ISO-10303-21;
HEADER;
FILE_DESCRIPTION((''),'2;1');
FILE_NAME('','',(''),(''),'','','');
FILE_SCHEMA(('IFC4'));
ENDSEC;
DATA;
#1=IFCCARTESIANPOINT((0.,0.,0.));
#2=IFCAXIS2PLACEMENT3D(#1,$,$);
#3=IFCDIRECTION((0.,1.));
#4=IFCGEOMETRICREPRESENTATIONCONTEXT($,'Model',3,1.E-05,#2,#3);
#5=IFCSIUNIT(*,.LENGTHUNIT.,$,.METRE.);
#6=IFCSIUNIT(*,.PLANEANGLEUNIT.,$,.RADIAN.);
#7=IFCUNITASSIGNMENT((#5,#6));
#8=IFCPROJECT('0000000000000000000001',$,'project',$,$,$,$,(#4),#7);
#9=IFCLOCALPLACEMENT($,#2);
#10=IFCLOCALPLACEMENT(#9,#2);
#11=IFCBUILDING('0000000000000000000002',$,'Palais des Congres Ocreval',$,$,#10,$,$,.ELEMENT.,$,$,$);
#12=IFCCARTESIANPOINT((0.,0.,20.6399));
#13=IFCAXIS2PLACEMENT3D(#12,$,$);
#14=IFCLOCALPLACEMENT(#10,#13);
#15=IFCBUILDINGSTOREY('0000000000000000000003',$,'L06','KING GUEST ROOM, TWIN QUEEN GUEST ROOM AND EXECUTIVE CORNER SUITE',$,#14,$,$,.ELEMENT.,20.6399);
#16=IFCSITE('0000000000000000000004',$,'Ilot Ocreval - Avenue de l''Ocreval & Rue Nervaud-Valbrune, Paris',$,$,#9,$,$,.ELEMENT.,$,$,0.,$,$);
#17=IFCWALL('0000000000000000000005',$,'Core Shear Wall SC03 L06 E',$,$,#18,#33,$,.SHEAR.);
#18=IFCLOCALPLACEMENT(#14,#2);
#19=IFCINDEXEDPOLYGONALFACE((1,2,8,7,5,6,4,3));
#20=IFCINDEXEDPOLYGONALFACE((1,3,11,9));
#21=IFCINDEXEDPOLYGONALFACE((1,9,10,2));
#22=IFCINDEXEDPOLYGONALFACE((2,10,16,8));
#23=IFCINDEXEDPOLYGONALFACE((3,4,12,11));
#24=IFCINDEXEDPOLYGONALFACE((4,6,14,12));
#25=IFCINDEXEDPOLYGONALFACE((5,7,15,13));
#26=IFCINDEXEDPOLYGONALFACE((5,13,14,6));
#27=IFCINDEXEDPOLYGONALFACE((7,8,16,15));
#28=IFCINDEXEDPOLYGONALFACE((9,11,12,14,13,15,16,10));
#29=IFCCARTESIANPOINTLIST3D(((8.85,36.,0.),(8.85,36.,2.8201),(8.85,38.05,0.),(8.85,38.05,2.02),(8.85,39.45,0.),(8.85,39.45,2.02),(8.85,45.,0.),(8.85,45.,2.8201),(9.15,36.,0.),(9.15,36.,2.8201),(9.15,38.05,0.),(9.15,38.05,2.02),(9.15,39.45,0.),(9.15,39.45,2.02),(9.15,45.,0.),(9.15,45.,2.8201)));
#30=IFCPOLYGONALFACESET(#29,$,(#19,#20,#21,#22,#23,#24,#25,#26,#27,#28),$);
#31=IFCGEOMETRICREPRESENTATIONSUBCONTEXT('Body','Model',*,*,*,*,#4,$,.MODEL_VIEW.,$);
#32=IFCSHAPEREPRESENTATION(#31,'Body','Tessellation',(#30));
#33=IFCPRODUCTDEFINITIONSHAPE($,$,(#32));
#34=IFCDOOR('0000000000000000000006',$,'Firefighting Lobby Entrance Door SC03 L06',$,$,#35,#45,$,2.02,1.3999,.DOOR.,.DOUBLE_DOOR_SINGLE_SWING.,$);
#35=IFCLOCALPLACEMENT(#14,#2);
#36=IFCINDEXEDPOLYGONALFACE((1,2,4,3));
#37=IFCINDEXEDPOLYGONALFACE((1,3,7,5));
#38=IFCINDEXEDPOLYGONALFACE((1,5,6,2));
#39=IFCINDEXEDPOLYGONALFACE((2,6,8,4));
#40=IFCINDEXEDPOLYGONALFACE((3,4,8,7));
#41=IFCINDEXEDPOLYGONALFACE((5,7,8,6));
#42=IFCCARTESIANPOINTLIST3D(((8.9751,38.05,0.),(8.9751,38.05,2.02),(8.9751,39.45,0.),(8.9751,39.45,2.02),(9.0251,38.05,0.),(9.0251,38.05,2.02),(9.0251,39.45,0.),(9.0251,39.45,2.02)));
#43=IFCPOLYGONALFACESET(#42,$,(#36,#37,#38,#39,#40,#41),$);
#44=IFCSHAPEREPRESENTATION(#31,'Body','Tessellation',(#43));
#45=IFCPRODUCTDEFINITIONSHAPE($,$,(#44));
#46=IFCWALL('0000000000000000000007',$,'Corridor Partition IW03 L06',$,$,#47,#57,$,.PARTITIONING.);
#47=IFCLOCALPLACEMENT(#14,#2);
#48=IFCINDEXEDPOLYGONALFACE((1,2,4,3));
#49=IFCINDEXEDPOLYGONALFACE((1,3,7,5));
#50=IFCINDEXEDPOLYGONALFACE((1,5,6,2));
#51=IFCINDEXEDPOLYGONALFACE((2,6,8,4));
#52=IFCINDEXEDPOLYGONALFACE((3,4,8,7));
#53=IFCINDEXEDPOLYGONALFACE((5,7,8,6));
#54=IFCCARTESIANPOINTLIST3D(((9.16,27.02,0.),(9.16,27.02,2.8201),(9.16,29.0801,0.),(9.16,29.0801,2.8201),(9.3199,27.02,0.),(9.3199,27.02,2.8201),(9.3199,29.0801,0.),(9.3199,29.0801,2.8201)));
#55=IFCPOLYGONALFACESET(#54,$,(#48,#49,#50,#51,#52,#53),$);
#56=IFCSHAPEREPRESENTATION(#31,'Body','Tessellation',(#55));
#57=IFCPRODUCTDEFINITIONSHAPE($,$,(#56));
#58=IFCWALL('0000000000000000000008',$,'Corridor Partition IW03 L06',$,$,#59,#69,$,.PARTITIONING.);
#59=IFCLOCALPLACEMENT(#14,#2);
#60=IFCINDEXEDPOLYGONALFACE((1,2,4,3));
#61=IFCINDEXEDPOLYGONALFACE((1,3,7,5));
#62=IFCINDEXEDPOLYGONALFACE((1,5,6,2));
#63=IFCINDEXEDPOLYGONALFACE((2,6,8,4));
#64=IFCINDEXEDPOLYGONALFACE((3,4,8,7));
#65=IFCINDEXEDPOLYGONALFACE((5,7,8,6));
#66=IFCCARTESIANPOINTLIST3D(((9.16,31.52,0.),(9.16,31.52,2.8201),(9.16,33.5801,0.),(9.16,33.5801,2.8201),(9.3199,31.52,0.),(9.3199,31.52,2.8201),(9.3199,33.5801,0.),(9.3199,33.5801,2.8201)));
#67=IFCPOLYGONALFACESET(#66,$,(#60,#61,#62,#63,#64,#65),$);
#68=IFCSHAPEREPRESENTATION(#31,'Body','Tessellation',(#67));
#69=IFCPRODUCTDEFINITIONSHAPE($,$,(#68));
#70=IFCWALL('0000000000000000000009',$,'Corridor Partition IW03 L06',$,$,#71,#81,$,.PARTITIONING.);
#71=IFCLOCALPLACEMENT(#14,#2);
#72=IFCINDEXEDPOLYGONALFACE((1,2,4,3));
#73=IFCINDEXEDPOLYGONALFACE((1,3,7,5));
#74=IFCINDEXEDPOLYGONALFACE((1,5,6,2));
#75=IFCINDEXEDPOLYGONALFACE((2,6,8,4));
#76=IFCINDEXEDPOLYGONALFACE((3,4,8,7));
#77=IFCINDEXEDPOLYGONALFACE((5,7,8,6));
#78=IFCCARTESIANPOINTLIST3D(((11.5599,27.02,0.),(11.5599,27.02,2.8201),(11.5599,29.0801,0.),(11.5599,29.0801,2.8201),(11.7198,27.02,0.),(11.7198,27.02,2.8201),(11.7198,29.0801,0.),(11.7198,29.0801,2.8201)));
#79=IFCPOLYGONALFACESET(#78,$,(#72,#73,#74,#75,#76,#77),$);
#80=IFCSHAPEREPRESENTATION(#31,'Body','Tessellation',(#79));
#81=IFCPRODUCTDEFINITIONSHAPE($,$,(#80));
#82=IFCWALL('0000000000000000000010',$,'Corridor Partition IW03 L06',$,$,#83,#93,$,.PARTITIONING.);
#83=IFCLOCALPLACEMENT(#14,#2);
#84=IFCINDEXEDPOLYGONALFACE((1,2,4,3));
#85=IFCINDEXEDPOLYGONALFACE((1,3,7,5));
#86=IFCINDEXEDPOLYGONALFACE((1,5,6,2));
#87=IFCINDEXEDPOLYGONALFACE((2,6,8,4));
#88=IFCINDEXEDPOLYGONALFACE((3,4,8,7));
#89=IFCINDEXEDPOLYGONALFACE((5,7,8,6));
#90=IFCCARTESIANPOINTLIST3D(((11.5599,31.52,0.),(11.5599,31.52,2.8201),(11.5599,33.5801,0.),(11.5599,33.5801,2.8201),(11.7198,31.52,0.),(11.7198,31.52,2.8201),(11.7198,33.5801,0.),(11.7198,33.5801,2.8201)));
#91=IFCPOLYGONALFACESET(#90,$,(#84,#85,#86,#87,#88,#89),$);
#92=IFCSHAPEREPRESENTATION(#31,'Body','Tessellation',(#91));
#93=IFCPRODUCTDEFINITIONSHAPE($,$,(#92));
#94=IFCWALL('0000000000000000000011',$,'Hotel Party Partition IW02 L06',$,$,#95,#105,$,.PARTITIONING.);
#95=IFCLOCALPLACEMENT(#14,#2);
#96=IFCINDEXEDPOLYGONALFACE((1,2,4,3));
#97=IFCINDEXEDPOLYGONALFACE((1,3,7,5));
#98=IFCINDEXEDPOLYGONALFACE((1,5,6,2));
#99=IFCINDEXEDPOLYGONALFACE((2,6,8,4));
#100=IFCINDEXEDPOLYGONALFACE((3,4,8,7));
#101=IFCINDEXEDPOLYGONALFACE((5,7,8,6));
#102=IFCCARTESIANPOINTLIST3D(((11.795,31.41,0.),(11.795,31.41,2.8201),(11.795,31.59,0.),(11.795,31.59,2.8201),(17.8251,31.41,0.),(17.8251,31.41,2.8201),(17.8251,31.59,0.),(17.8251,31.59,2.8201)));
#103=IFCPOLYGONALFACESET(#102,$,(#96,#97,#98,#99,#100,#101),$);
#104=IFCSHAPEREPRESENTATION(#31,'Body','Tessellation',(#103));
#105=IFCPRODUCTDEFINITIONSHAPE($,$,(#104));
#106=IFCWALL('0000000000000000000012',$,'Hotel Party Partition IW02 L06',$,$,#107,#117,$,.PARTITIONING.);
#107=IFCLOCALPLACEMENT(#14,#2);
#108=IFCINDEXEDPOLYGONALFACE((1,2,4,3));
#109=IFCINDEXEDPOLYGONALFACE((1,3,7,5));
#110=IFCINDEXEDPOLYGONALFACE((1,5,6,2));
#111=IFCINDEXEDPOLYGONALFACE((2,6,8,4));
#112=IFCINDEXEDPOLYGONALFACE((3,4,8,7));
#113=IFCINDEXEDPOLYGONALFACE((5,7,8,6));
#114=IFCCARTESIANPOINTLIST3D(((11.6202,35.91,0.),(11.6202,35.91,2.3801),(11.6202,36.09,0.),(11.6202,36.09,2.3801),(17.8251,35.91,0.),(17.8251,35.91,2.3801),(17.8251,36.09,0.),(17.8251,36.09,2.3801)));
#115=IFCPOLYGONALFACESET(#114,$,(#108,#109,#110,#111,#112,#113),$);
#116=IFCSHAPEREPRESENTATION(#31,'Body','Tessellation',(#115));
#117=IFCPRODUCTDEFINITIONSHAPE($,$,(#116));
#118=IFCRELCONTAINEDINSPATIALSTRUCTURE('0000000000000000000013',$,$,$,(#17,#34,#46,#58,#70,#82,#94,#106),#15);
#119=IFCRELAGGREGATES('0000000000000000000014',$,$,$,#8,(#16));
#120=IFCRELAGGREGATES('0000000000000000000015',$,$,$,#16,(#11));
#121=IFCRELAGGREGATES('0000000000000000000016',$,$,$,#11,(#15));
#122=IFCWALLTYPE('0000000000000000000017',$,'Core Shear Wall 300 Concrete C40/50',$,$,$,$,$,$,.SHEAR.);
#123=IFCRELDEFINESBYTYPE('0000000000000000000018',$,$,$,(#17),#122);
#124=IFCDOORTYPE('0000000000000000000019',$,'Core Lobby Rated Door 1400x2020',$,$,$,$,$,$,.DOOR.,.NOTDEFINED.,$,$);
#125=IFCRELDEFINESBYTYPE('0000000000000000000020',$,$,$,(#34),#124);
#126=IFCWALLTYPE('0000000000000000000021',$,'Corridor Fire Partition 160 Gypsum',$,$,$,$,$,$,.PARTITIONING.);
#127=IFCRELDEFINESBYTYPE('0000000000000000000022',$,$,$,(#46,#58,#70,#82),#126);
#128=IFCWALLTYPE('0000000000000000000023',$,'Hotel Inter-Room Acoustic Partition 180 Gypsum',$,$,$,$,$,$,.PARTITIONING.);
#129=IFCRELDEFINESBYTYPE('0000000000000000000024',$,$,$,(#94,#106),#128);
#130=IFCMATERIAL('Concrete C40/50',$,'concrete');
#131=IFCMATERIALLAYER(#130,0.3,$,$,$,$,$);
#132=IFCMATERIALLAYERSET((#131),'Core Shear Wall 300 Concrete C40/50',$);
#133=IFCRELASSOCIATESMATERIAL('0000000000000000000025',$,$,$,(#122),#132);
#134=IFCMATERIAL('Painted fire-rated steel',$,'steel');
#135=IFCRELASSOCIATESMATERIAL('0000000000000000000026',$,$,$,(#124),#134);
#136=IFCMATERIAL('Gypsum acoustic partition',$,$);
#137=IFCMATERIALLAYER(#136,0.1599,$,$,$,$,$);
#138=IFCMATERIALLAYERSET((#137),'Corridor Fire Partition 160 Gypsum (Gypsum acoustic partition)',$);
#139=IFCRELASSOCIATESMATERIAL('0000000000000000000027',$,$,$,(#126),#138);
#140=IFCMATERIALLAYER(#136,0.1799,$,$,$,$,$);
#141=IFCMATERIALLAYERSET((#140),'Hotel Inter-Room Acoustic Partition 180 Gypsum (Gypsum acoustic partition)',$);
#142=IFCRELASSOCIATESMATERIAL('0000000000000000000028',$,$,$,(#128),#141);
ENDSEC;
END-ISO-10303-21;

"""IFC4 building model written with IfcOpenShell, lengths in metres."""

from ifc_helpers import new_model, si_unit, direction, frame, frame_2d, origin, place, context, subcontext, project, spatial, rectangle, extrude, material, layer, layer_set, type_object, element, fill, save


model = new_model("IFC4")

# Units and contexts
model_context = context("Model", 3, precision=1e-05, world=origin(), true_north=direction((0.0, 1.0)))
body_context = subcontext(model_context, "Body", "Model", "MODEL_VIEW")
ifc_project = project(units=[si_unit("LENGTHUNIT", "METRE"), si_unit("PLANEANGLEUNIT", "RADIAN")], contexts=[model_context])

# Site, building, storey
site_placement = place(None, origin())
site = spatial("IfcSite", under=ifc_project, at=site_placement, Name="Ilot Ocreval - Avenue de l'Ocreval & Rue Nervaud-Valbrune, Paris", CompositionType="ELEMENT", RefElevation=0.0)
building_placement = place(site_placement, origin())
building = spatial("IfcBuilding", under=site, at=building_placement, Name="Palais des Congres Ocreval", CompositionType="ELEMENT")
storey_placement = place(building_placement, frame((0.0, 0.0, 20.6399)))
storey = spatial("IfcBuildingStorey", under=building, at=storey_placement, Name="L06", Description="KING GUEST ROOM, TWIN QUEEN GUEST ROOM AND EXECUTIVE CORNER SUITE", CompositionType="ELEMENT", Elevation=20.6399)

# Shared definitions
ifc_material_1 = material(Name="Concrete C40/50", Category="concrete")

# Wall, opening, door
ifc_layer_1 = layer(ifc_material_1, 0.3)
ifc_layer_set_1 = layer_set([ifc_layer_1], Name="Core Shear Wall 300 Concrete C40/50")
wall_type_1 = type_object("IfcWallType", Name="Core Shear Wall 300 Concrete C40/50", PredefinedType="SHEAR", material=ifc_layer_set_1)
wall_1_placement = place(storey_placement, frame((9.0, 36.0, 0.0), z_axis=(0.0, 0.0, 1.0), x_axis=(0.0, 1.0, 0.0)))
wall_1 = element("IfcWall", 1, at=wall_1_placement, inside=storey, type_object=wall_type_1, Name="Core Shear Wall SC03 L06 E", PredefinedType="SHEAR", context=body_context, shape_type="SweptSolid", body=[
    extrude(rectangle(XDim=9.0, YDim=0.3, at=frame_2d((4.5, 0.0))), origin(), (0.0, 0.0, 1.0), 2.8201),
])
opening_1_placement = place(wall_1_placement, frame((2.05, 0.0, 0.0)))
opening_1 = element("IfcOpeningElement", 2, at=opening_1_placement, cuts=wall_1, PredefinedType="OPENING", context=body_context, shape_type="SweptSolid", body=[
    extrude(rectangle(XDim=1.3999, YDim=2.02, at=frame_2d((0.7, 1.01))), frame((0.0, 0.1599, 0.0), z_axis=(0.0, -1.0, 0.0), x_axis=(1.0, 0.0, 0.0)), (0.0, 0.0, 1.0), 0.3201),
])
ifc_material_2 = material(Name="Painted fire-rated steel", Category="steel")
door_type_1 = type_object("IfcDoorType", Name="Core Lobby Rated Door 1400x2020", OperationType="NOTDEFINED", PredefinedType="DOOR", material=ifc_material_2)
door_1_placement = place(opening_1_placement, origin())
door_1 = element("IfcDoor", 3, at=door_1_placement, inside=storey, type_object=door_type_1, Name="Firefighting Lobby Entrance Door SC03 L06", OperationType="DOUBLE_DOOR_SINGLE_SWING", OverallHeight=2.02, OverallWidth=1.3999, PredefinedType="DOOR", context=body_context, shape_type="SweptSolid", body=[
    extrude(rectangle(XDim=1.3999, YDim=2.02, at=frame_2d((0.7, 1.01))), frame((0.0, 0.0249, 0.0), z_axis=(0.0, -1.0, 0.0), x_axis=(1.0, 0.0, 0.0)), (0.0, 0.0, 1.0), 0.05),
])
fill(opening_1, door_1)

# Walls
ifc_material_3 = material(Name="Gypsum acoustic partition")
ifc_layer_2 = layer(ifc_material_3, 0.1599)
ifc_layer_set_2 = layer_set([ifc_layer_2], Name="Corridor Fire Partition 160 Gypsum (Gypsum acoustic partition)")
wall_type_2 = type_object("IfcWallType", Name="Corridor Fire Partition 160 Gypsum", PredefinedType="PARTITIONING", material=ifc_layer_set_2)
for number, where, z_axis, x_axis, name in (
    (4, (9.24, 27.02, 0.0), (0.0, 0.0, 1.0), (0.0, 1.0, 0.0), "Corridor Partition IW03 L06"),
    (5, (9.24, 31.52, 0.0), (0.0, 0.0, 1.0), (0.0, 1.0, 0.0), "Corridor Partition IW03 L06"),
    (6, (11.6399, 27.02, 0.0), (0.0, 0.0, 1.0), (0.0, 1.0, 0.0), "Corridor Partition IW03 L06"),
    (7, (11.6399, 31.52, 0.0), (0.0, 0.0, 1.0), (0.0, 1.0, 0.0), "Corridor Partition IW03 L06"),
):
    element("IfcWall", number, at=place(storey_placement, frame(where, z_axis=z_axis, x_axis=x_axis)), inside=storey, type_object=wall_type_2, Name=name, PredefinedType="PARTITIONING", context=body_context, shape_type="SweptSolid", body=[
        extrude(rectangle(XDim=2.0601, YDim=0.1599, at=frame_2d((1.03, 0.0))), origin(), (0.0, 0.0, 1.0), 2.8201),
    ])

# Walls
ifc_layer_3 = layer(ifc_material_3, 0.1799)
ifc_layer_set_3 = layer_set([ifc_layer_3], Name="Hotel Inter-Room Acoustic Partition 180 Gypsum (Gypsum acoustic partition)")
wall_type_3 = type_object("IfcWallType", Name="Hotel Inter-Room Acoustic Partition 180 Gypsum", PredefinedType="PARTITIONING", material=ifc_layer_set_3)
wall_2_placement = place(storey_placement, frame((11.7949, 31.5, 0.0), z_axis=(0.0, 0.0, 1.0), x_axis=(1.0, 0.0, 0.0)))
element("IfcWall", 8, at=wall_2_placement, inside=storey, type_object=wall_type_3, Name="Hotel Party Partition IW02 L06", PredefinedType="PARTITIONING", context=body_context, shape_type="SweptSolid", body=[
    extrude(rectangle(XDim=6.03, YDim=0.1799, at=frame_2d((3.0151, 0.0))), origin(), (0.0, 0.0, 1.0), 2.8201),
])
wall_3_placement = place(storey_placement, frame((11.6201, 36.0, 0.0), z_axis=(0.0, 0.0, 1.0), x_axis=(1.0, 0.0, 0.0)))
element("IfcWall", 9, at=wall_3_placement, inside=storey, type_object=wall_type_3, Name="Hotel Party Partition IW02 L06", PredefinedType="PARTITIONING", context=body_context, shape_type="SweptSolid", body=[
    extrude(rectangle(XDim=6.2048, YDim=0.1799, at=frame_2d((3.1025, 0.0))), origin(), (0.0, 0.0, 1.0), 2.3801),
])

save(model, "model.ifc")
